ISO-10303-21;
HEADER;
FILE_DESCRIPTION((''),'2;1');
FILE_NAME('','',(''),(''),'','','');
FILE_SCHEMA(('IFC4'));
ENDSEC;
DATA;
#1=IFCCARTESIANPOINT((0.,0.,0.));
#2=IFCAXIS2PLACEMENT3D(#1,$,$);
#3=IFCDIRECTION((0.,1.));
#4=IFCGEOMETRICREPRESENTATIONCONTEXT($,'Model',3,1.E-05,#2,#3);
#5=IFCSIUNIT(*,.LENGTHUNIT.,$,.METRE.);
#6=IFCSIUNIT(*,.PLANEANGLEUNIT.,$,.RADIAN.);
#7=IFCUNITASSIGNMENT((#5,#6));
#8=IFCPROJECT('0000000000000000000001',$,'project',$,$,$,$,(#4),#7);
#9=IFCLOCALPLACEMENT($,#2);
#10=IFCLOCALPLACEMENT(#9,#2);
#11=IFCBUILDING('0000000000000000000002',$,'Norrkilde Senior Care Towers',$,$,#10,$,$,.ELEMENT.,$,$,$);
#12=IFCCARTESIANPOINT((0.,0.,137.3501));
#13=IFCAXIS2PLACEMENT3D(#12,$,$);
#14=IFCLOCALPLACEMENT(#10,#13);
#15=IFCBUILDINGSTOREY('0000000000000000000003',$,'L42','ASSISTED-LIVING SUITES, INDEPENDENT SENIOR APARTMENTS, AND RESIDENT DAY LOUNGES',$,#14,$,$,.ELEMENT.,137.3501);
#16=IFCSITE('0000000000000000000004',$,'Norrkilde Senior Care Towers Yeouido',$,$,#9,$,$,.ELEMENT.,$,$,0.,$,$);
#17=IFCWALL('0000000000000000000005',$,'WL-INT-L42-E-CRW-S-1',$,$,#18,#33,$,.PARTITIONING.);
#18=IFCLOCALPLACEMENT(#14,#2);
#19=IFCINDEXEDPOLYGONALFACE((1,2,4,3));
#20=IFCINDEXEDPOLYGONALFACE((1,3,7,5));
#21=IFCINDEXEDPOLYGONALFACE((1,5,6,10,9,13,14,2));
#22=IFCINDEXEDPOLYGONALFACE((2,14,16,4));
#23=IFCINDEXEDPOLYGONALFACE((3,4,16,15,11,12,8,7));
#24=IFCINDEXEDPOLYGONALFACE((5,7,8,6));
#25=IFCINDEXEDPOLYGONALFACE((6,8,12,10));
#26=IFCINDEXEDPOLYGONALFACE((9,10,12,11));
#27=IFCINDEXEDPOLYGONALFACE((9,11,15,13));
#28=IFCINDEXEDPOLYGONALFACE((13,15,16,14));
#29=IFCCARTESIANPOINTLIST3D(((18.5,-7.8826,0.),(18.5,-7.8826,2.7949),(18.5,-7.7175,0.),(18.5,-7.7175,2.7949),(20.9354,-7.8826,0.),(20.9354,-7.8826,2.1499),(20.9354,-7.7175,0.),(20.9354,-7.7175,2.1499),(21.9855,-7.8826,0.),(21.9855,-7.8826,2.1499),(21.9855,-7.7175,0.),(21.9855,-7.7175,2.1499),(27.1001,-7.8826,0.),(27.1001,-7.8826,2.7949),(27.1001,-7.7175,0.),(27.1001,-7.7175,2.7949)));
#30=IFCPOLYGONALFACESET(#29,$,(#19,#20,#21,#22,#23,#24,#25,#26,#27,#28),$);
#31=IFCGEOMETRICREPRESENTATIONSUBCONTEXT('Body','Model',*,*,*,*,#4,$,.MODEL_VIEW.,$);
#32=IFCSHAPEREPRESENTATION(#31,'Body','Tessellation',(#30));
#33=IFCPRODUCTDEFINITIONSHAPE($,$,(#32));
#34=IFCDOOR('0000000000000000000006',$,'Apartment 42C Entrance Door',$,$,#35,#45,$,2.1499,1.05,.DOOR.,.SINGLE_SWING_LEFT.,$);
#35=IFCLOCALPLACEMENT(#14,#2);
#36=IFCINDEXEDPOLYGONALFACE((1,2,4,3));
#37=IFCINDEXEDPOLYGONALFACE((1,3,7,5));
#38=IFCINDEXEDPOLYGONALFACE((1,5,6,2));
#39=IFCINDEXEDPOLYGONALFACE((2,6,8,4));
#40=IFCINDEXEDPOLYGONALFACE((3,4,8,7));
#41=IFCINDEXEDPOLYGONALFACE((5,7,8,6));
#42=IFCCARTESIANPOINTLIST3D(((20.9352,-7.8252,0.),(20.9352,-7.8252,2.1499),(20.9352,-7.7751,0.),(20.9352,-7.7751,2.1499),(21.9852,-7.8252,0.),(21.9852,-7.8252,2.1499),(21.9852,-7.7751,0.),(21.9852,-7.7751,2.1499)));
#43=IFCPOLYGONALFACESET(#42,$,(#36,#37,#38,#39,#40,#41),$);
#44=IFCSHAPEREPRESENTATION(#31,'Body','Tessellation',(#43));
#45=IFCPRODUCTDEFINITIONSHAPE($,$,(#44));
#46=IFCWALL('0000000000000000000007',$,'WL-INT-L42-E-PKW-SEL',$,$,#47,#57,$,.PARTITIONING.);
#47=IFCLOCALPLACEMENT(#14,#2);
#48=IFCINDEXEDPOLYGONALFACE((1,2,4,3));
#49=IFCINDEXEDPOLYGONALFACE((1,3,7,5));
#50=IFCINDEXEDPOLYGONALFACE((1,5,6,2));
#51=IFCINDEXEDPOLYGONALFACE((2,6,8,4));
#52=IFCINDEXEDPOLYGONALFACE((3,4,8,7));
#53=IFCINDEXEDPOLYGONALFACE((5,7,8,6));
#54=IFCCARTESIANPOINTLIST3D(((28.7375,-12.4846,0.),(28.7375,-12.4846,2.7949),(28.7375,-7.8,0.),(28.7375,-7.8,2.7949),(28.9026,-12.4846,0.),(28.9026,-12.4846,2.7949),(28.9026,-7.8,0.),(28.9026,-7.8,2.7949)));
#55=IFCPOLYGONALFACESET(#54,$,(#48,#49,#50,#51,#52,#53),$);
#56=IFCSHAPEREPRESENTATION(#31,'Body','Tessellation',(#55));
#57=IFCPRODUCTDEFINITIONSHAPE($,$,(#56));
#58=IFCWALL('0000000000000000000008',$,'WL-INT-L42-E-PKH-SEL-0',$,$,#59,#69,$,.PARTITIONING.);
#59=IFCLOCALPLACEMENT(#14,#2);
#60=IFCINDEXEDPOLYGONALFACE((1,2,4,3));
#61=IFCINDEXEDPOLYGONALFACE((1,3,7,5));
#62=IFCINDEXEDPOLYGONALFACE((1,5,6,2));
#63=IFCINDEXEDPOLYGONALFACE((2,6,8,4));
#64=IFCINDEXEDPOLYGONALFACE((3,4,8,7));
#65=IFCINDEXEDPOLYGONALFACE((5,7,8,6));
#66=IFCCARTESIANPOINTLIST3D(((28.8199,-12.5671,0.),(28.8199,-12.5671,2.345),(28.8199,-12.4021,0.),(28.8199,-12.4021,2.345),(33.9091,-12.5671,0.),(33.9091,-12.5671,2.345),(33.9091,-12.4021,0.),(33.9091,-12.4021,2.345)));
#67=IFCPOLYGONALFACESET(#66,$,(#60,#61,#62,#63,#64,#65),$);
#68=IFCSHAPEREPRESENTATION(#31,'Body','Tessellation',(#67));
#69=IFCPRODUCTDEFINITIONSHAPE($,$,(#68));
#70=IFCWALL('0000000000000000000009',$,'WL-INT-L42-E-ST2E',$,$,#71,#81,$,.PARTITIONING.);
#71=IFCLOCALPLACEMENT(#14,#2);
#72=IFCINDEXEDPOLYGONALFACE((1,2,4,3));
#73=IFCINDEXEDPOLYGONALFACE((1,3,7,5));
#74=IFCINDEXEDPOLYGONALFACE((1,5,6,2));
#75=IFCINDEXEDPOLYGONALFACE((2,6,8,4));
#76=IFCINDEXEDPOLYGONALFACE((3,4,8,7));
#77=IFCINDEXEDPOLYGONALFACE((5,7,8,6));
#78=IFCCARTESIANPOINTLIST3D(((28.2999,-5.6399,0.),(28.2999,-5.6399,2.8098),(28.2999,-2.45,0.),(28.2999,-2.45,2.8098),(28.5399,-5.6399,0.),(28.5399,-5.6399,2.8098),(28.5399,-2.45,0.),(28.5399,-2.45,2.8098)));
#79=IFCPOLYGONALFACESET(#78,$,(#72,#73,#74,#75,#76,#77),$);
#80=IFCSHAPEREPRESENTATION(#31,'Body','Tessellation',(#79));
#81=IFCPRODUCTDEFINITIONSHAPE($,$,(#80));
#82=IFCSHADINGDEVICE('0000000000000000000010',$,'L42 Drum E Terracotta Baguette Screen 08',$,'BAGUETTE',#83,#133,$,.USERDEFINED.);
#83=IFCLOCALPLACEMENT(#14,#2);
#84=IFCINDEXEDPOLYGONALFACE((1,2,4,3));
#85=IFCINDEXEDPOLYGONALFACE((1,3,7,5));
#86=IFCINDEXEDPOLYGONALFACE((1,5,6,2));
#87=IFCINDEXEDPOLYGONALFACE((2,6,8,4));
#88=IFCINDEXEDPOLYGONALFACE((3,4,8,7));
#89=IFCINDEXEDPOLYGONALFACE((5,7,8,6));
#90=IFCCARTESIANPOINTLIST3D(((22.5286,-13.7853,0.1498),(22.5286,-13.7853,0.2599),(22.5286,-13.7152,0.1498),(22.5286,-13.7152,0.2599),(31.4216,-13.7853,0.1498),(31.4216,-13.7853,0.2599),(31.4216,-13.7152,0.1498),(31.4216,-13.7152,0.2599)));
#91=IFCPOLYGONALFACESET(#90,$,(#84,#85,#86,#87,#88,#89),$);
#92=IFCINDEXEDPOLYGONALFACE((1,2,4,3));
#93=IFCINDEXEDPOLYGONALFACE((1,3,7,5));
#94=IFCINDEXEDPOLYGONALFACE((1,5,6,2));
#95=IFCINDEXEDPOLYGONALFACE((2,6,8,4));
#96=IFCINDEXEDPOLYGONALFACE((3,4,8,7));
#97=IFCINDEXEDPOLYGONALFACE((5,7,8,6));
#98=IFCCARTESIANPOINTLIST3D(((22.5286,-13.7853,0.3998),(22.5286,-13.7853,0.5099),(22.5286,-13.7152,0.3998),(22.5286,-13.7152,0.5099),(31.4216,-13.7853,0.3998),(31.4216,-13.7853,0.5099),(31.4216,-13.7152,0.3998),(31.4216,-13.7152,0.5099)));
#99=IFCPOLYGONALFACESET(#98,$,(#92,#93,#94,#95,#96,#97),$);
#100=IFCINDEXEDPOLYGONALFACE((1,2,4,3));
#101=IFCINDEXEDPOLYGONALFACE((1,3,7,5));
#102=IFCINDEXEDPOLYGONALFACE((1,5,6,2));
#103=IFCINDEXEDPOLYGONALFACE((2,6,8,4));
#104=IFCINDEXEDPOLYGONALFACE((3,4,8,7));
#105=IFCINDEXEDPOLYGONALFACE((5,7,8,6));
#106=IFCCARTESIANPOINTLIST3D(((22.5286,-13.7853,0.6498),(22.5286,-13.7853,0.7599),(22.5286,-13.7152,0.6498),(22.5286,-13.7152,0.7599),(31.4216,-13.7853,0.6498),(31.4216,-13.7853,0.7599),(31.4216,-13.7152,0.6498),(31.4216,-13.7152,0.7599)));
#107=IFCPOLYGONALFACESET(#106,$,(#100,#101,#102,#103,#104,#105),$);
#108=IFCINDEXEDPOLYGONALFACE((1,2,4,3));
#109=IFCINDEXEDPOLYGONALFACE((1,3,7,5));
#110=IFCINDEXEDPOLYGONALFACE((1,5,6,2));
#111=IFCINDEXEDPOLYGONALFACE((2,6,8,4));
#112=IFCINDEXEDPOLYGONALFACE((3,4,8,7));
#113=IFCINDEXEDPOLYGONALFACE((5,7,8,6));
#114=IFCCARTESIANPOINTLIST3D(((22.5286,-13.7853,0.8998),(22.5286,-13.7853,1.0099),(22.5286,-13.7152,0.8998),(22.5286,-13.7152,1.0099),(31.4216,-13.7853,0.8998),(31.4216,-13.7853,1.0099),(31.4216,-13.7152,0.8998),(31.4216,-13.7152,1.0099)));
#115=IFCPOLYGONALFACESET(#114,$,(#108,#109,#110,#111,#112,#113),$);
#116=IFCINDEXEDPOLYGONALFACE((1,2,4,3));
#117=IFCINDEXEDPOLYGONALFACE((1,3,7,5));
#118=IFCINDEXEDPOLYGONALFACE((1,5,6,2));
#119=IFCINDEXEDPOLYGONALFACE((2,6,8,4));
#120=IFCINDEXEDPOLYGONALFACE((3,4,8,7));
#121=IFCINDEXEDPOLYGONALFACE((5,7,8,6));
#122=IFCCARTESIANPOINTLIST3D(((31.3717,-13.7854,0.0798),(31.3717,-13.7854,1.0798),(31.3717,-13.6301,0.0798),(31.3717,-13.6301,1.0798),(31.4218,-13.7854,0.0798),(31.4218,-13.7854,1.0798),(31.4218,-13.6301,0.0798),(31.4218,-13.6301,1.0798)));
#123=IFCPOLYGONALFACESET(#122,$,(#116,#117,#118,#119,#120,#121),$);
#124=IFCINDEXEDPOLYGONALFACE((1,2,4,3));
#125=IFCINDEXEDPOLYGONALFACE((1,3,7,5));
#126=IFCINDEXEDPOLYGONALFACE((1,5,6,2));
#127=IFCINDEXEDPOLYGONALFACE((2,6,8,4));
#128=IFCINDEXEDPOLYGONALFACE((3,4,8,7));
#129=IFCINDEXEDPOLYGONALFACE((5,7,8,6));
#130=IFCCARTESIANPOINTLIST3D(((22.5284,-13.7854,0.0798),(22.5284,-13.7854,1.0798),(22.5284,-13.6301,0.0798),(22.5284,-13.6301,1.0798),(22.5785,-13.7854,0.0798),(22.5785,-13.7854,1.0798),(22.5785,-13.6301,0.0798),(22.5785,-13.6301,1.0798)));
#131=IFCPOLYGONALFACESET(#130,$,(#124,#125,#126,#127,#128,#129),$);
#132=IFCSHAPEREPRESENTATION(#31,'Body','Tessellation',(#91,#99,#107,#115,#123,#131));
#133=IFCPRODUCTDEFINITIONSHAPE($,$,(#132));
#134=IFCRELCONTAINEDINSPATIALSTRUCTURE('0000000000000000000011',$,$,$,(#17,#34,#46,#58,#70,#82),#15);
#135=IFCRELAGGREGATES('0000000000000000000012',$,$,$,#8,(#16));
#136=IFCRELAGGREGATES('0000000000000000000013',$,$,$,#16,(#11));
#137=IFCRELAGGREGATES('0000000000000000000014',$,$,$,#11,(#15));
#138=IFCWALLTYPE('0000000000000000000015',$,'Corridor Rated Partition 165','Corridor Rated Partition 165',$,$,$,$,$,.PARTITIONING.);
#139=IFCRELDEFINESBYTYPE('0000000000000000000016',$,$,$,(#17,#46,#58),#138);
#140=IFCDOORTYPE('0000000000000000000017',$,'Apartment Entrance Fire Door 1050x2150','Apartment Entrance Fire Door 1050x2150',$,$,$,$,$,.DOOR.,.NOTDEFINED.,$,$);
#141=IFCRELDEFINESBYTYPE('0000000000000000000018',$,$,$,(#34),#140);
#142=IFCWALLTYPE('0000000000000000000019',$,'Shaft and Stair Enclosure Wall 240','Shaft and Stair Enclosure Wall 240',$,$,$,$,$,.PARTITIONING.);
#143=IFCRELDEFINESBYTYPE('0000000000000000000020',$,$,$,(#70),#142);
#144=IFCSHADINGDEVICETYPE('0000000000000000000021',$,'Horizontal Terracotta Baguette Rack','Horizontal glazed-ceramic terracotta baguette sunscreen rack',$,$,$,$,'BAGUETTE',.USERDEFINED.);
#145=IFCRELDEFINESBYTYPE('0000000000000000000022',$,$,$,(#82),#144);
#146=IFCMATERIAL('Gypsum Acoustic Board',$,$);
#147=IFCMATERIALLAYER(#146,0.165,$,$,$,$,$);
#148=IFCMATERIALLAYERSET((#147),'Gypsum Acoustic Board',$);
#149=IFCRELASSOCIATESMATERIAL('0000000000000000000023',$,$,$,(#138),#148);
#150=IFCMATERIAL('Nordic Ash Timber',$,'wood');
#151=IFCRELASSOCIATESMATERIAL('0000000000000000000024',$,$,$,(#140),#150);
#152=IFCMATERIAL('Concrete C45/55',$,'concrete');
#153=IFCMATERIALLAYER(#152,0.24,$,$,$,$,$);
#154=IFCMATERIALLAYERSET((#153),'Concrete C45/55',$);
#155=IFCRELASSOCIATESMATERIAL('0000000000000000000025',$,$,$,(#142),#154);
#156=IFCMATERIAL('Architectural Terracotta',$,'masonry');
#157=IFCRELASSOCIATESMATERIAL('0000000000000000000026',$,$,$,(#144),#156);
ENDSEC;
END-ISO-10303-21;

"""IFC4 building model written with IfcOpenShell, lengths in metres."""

from ifc_helpers import new_model, si_unit, direction, frame, frame_2d, origin, origin_2d, place, context, subcontext, project, spatial, rectangle, extrude, source, transform, mapped, material, layer, layer_set, type_object, type_shapes, element, fill, save


model = new_model("IFC4")

# Units and contexts
model_context = context("Model", 3, precision=1e-05, world=origin(), true_north=direction((0.0, 1.0)))
body_context = subcontext(model_context, "Body", "Model", "MODEL_VIEW")
ifc_project = project(units=[si_unit("LENGTHUNIT", "METRE"), si_unit("PLANEANGLEUNIT", "RADIAN")], contexts=[model_context])

# Site, building, storey
site_placement = place(None, origin())
site = spatial("IfcSite", under=ifc_project, at=site_placement, Name="Norrkilde Senior Care Towers Yeouido", CompositionType="ELEMENT", RefElevation=0.0)
building_placement = place(site_placement, origin())
building = spatial("IfcBuilding", under=site, at=building_placement, Name="Norrkilde Senior Care Towers", CompositionType="ELEMENT")
storey_placement = place(building_placement, frame((0.0, 0.0, 137.3501)))
storey = spatial("IfcBuildingStorey", under=building, at=storey_placement, Name="L42", Description="ASSISTED-LIVING SUITES, INDEPENDENT SENIOR APARTMENTS, AND RESIDENT DAY LOUNGES", CompositionType="ELEMENT", Elevation=137.3501)

# Shared definitions
ifc_material_1 = material(Name="Concrete C45/55", Category="concrete")

# Wall, opening, door
ifc_material_2 = material(Name="Gypsum Acoustic Board")
ifc_layer_1 = layer(ifc_material_2, 0.165)
ifc_layer_set_1 = layer_set([ifc_layer_1], Name="Gypsum Acoustic Board")
wall_type_1 = type_object("IfcWallType", Name="Corridor Rated Partition 165", Description="Corridor Rated Partition 165", PredefinedType="PARTITIONING", material=ifc_layer_set_1)
shared_shape_1 = source(origin(), body_context, "Body", "SweptSolid", [
    extrude(rectangle(XDim=8.6001, YDim=0.165, at=frame_2d((4.3, 0.0))), origin(), (0.0, 0.0, 1.0), 2.7949),
])
wall_1_placement = place(storey_placement, frame((27.1001, -7.8, 0.0), z_axis=(0.0, 0.0, 1.0), x_axis=(-1.0, 0.0, 0.0)))
wall_1 = element("IfcWall", 1, at=wall_1_placement, inside=storey, type_object=wall_type_1, Name="WL-INT-L42-E-CRW-S-1", PredefinedType="PARTITIONING", context=body_context, shape_type="MappedRepresentation", body=[
    mapped(shared_shape_1, transform((0.0, 0.0, 0.0), x_axis=(1.0, 0.0, 0.0), y_axis=(0.0, 1.0, 0.0), z_axis=(0.0, 0.0, 1.0), scale=1.0)),
])
opening_1_placement = place(wall_1_placement, frame((5.1147, 0.0, 0.0)))
opening_1 = element("IfcOpeningElement", 2, at=opening_1_placement, cuts=wall_1, PredefinedType="OPENING", context=body_context, shape_type="SweptSolid", body=[
    extrude(rectangle(XDim=1.05, YDim=2.1499, at=frame_2d((0.5249, 1.075))), frame((0.0, 0.0925, 0.0), z_axis=(0.0, -1.0, 0.0), x_axis=(1.0, 0.0, 0.0)), (0.0, 0.0, 1.0), 0.1851),
])
ifc_material_3 = material(Name="Nordic Ash Timber", Category="wood")
door_type_1 = type_object("IfcDoorType", Name="Apartment Entrance Fire Door 1050x2150", Description="Apartment Entrance Fire Door 1050x2150", OperationType="NOTDEFINED", PredefinedType="DOOR", material=ifc_material_3)
shared_shape_2 = source(origin(), body_context, "Body", "SweptSolid", [
    extrude(rectangle(XDim=1.05, YDim=2.1499, at=frame_2d((0.5249, 1.075))), frame((0.0, 0.0249, 0.0), z_axis=(0.0, -1.0, 0.0), x_axis=(1.0, 0.0, 0.0)), (0.0, 0.0, 1.0), 0.05),
])
type_shapes(door_type_1, [shared_shape_2])
door_1_placement = place(opening_1_placement, frame((1.05, 0.0, 0.0), z_axis=(0.0, 0.0, 1.0), x_axis=(-1.0, 0.0, 0.0)))
door_1 = element("IfcDoor", 3, at=door_1_placement, inside=storey, type_object=door_type_1, Name="Apartment 42C Entrance Door", OperationType="SINGLE_SWING_LEFT", OverallHeight=2.1499, OverallWidth=1.05, PredefinedType="DOOR", context=body_context, shape_type="MappedRepresentation", body=[
    mapped(shared_shape_2, transform((0.0, 0.0, 0.0), x_axis=(1.0, 0.0, 0.0), y_axis=(0.0, 1.0, 0.0), z_axis=(0.0, 0.0, 1.0), scale=1.0)),
])
fill(opening_1, door_1)
shared_shape_3 = source(origin(), body_context, "Body", "SweptSolid", [
    extrude(rectangle(XDim=4.6846, YDim=0.165, at=frame_2d((2.3423, 0.0))), origin(), (0.0, 0.0, 1.0), 2.7949),
])

# Walls
wall_2_placement = place(storey_placement, frame((28.8201, -12.4846, 0.0), z_axis=(0.0, 0.0, 1.0), x_axis=(0.0, 1.0, 0.0)))
element("IfcWall", 4, at=wall_2_placement, inside=storey, type_object=wall_type_1, Name="WL-INT-L42-E-PKW-SEL", PredefinedType="PARTITIONING", context=body_context, shape_type="MappedRepresentation", body=[
    mapped(shared_shape_3, transform((0.0, 0.0, 0.0), x_axis=(1.0, 0.0, 0.0), y_axis=(0.0, 1.0, 0.0), z_axis=(0.0, 0.0, 1.0), scale=1.0)),
])
shared_shape_4 = source(origin(), body_context, "Body", "SweptSolid", [
    extrude(rectangle(XDim=5.0891, YDim=0.165, at=frame_2d((2.5444, 0.0))), origin(), (0.0, 0.0, 1.0), 2.345),
])
wall_3_placement = place(storey_placement, frame((28.8201, -12.4846, 0.0), z_axis=(0.0, 0.0, 1.0), x_axis=(1.0, 0.0, 0.0)))
element("IfcWall", 5, at=wall_3_placement, inside=storey, type_object=wall_type_1, Name="WL-INT-L42-E-PKH-SEL-0", PredefinedType="PARTITIONING", context=body_context, shape_type="MappedRepresentation", body=[
    mapped(shared_shape_4, transform((0.0, 0.0, 0.0), x_axis=(1.0, 0.0, 0.0), y_axis=(0.0, 1.0, 0.0), z_axis=(0.0, 0.0, 1.0), scale=1.0)),
])
ifc_layer_2 = layer(ifc_material_1, 0.24)
ifc_layer_set_2 = layer_set([ifc_layer_2], Name="Concrete C45/55")
wall_type_2 = type_object("IfcWallType", Name="Shaft and Stair Enclosure Wall 240", Description="Shaft and Stair Enclosure Wall 240", PredefinedType="PARTITIONING", material=ifc_layer_set_2)
shared_shape_5 = source(origin(), body_context, "Body", "SweptSolid", [
    extrude(rectangle(XDim=3.1899, YDim=0.24, at=frame_2d((1.595, 0.0))), origin(), (0.0, 0.0, 1.0), 2.8098),
])
type_shapes(wall_type_2, [shared_shape_5])
wall_4_placement = place(storey_placement, frame((28.4199, -5.6399, 0.0), z_axis=(0.0, 0.0, 1.0), x_axis=(0.0, 1.0, 0.0)))
element("IfcWall", 6, at=wall_4_placement, inside=storey, type_object=wall_type_2, Name="WL-INT-L42-E-ST2E", PredefinedType="PARTITIONING", context=body_context, shape_type="MappedRepresentation", body=[
    mapped(shared_shape_5, transform((0.0, 0.0, 0.0), x_axis=(1.0, 0.0, 0.0), y_axis=(0.0, 1.0, 0.0), z_axis=(0.0, 0.0, 1.0), scale=1.0)),
])

# Shading device
ifc_material_4 = material(Name="Architectural Terracotta", Category="masonry")
shading_device_type = type_object("IfcShadingDeviceType", Name="Horizontal Terracotta Baguette Rack", Description="Horizontal glazed-ceramic terracotta baguette sunscreen rack", ElementType="BAGUETTE", PredefinedType="USERDEFINED", material=ifc_material_4)
shared_shape_6 = source(origin(), body_context, "Body", "SweptSolid", [
    extrude(rectangle(XDim=0.0701, YDim=0.1101, at=origin_2d()), frame((0.0, 0.0901, 0.125), z_axis=(1.0, 0.0, 0.0), x_axis=(0.0, 1.0, 0.0)), (0.0, 0.0, 1.0), 8.8931),
    extrude(rectangle(XDim=0.0701, YDim=0.1101, at=origin_2d()), frame((0.0, 0.0901, 0.375), z_axis=(1.0, 0.0, 0.0), x_axis=(0.0, 1.0, 0.0)), (0.0, 0.0, 1.0), 8.8931),
    extrude(rectangle(XDim=0.0701, YDim=0.1101, at=origin_2d()), frame((0.0, 0.0901, 0.625), z_axis=(1.0, 0.0, 0.0), x_axis=(0.0, 1.0, 0.0)), (0.0, 0.0, 1.0), 8.8931),
    extrude(rectangle(XDim=0.0701, YDim=0.1101, at=origin_2d()), frame((0.0, 0.0901, 0.875), z_axis=(1.0, 0.0, 0.0), x_axis=(0.0, 1.0, 0.0)), (0.0, 0.0, 1.0), 8.8931),
    extrude(rectangle(XDim=0.05, YDim=0.1553, at=origin_2d()), frame((0.0249, 0.0476, 0.0)), (0.0, 0.0, 1.0), 1.0),
    extrude(rectangle(XDim=0.05, YDim=0.1553, at=origin_2d()), frame((8.8682, 0.0476, 0.0)), (0.0, 0.0, 1.0), 1.0),
])
type_shapes(shading_device_type, [shared_shape_6])
shading_device_placement = place(storey_placement, frame((31.4216, -13.6602, 0.0798), z_axis=(0.0, 0.0, 1.0), x_axis=(-1.0, 0.0, 0.0)))
element("IfcShadingDevice", 7, at=shading_device_placement, inside=storey, type_object=shading_device_type, Name="L42 Drum E Terracotta Baguette Screen 08", ObjectType="BAGUETTE", PredefinedType="USERDEFINED", context=body_context, shape_type="MappedRepresentation", body=[
    mapped(shared_shape_6, transform((0.0, 0.0, 0.0), x_axis=(1.0, 0.0, 0.0), y_axis=(0.0, 1.0, 0.0), z_axis=(0.0, 0.0, 1.0), scale=1.0)),
])

save(model, "model.ifc")
